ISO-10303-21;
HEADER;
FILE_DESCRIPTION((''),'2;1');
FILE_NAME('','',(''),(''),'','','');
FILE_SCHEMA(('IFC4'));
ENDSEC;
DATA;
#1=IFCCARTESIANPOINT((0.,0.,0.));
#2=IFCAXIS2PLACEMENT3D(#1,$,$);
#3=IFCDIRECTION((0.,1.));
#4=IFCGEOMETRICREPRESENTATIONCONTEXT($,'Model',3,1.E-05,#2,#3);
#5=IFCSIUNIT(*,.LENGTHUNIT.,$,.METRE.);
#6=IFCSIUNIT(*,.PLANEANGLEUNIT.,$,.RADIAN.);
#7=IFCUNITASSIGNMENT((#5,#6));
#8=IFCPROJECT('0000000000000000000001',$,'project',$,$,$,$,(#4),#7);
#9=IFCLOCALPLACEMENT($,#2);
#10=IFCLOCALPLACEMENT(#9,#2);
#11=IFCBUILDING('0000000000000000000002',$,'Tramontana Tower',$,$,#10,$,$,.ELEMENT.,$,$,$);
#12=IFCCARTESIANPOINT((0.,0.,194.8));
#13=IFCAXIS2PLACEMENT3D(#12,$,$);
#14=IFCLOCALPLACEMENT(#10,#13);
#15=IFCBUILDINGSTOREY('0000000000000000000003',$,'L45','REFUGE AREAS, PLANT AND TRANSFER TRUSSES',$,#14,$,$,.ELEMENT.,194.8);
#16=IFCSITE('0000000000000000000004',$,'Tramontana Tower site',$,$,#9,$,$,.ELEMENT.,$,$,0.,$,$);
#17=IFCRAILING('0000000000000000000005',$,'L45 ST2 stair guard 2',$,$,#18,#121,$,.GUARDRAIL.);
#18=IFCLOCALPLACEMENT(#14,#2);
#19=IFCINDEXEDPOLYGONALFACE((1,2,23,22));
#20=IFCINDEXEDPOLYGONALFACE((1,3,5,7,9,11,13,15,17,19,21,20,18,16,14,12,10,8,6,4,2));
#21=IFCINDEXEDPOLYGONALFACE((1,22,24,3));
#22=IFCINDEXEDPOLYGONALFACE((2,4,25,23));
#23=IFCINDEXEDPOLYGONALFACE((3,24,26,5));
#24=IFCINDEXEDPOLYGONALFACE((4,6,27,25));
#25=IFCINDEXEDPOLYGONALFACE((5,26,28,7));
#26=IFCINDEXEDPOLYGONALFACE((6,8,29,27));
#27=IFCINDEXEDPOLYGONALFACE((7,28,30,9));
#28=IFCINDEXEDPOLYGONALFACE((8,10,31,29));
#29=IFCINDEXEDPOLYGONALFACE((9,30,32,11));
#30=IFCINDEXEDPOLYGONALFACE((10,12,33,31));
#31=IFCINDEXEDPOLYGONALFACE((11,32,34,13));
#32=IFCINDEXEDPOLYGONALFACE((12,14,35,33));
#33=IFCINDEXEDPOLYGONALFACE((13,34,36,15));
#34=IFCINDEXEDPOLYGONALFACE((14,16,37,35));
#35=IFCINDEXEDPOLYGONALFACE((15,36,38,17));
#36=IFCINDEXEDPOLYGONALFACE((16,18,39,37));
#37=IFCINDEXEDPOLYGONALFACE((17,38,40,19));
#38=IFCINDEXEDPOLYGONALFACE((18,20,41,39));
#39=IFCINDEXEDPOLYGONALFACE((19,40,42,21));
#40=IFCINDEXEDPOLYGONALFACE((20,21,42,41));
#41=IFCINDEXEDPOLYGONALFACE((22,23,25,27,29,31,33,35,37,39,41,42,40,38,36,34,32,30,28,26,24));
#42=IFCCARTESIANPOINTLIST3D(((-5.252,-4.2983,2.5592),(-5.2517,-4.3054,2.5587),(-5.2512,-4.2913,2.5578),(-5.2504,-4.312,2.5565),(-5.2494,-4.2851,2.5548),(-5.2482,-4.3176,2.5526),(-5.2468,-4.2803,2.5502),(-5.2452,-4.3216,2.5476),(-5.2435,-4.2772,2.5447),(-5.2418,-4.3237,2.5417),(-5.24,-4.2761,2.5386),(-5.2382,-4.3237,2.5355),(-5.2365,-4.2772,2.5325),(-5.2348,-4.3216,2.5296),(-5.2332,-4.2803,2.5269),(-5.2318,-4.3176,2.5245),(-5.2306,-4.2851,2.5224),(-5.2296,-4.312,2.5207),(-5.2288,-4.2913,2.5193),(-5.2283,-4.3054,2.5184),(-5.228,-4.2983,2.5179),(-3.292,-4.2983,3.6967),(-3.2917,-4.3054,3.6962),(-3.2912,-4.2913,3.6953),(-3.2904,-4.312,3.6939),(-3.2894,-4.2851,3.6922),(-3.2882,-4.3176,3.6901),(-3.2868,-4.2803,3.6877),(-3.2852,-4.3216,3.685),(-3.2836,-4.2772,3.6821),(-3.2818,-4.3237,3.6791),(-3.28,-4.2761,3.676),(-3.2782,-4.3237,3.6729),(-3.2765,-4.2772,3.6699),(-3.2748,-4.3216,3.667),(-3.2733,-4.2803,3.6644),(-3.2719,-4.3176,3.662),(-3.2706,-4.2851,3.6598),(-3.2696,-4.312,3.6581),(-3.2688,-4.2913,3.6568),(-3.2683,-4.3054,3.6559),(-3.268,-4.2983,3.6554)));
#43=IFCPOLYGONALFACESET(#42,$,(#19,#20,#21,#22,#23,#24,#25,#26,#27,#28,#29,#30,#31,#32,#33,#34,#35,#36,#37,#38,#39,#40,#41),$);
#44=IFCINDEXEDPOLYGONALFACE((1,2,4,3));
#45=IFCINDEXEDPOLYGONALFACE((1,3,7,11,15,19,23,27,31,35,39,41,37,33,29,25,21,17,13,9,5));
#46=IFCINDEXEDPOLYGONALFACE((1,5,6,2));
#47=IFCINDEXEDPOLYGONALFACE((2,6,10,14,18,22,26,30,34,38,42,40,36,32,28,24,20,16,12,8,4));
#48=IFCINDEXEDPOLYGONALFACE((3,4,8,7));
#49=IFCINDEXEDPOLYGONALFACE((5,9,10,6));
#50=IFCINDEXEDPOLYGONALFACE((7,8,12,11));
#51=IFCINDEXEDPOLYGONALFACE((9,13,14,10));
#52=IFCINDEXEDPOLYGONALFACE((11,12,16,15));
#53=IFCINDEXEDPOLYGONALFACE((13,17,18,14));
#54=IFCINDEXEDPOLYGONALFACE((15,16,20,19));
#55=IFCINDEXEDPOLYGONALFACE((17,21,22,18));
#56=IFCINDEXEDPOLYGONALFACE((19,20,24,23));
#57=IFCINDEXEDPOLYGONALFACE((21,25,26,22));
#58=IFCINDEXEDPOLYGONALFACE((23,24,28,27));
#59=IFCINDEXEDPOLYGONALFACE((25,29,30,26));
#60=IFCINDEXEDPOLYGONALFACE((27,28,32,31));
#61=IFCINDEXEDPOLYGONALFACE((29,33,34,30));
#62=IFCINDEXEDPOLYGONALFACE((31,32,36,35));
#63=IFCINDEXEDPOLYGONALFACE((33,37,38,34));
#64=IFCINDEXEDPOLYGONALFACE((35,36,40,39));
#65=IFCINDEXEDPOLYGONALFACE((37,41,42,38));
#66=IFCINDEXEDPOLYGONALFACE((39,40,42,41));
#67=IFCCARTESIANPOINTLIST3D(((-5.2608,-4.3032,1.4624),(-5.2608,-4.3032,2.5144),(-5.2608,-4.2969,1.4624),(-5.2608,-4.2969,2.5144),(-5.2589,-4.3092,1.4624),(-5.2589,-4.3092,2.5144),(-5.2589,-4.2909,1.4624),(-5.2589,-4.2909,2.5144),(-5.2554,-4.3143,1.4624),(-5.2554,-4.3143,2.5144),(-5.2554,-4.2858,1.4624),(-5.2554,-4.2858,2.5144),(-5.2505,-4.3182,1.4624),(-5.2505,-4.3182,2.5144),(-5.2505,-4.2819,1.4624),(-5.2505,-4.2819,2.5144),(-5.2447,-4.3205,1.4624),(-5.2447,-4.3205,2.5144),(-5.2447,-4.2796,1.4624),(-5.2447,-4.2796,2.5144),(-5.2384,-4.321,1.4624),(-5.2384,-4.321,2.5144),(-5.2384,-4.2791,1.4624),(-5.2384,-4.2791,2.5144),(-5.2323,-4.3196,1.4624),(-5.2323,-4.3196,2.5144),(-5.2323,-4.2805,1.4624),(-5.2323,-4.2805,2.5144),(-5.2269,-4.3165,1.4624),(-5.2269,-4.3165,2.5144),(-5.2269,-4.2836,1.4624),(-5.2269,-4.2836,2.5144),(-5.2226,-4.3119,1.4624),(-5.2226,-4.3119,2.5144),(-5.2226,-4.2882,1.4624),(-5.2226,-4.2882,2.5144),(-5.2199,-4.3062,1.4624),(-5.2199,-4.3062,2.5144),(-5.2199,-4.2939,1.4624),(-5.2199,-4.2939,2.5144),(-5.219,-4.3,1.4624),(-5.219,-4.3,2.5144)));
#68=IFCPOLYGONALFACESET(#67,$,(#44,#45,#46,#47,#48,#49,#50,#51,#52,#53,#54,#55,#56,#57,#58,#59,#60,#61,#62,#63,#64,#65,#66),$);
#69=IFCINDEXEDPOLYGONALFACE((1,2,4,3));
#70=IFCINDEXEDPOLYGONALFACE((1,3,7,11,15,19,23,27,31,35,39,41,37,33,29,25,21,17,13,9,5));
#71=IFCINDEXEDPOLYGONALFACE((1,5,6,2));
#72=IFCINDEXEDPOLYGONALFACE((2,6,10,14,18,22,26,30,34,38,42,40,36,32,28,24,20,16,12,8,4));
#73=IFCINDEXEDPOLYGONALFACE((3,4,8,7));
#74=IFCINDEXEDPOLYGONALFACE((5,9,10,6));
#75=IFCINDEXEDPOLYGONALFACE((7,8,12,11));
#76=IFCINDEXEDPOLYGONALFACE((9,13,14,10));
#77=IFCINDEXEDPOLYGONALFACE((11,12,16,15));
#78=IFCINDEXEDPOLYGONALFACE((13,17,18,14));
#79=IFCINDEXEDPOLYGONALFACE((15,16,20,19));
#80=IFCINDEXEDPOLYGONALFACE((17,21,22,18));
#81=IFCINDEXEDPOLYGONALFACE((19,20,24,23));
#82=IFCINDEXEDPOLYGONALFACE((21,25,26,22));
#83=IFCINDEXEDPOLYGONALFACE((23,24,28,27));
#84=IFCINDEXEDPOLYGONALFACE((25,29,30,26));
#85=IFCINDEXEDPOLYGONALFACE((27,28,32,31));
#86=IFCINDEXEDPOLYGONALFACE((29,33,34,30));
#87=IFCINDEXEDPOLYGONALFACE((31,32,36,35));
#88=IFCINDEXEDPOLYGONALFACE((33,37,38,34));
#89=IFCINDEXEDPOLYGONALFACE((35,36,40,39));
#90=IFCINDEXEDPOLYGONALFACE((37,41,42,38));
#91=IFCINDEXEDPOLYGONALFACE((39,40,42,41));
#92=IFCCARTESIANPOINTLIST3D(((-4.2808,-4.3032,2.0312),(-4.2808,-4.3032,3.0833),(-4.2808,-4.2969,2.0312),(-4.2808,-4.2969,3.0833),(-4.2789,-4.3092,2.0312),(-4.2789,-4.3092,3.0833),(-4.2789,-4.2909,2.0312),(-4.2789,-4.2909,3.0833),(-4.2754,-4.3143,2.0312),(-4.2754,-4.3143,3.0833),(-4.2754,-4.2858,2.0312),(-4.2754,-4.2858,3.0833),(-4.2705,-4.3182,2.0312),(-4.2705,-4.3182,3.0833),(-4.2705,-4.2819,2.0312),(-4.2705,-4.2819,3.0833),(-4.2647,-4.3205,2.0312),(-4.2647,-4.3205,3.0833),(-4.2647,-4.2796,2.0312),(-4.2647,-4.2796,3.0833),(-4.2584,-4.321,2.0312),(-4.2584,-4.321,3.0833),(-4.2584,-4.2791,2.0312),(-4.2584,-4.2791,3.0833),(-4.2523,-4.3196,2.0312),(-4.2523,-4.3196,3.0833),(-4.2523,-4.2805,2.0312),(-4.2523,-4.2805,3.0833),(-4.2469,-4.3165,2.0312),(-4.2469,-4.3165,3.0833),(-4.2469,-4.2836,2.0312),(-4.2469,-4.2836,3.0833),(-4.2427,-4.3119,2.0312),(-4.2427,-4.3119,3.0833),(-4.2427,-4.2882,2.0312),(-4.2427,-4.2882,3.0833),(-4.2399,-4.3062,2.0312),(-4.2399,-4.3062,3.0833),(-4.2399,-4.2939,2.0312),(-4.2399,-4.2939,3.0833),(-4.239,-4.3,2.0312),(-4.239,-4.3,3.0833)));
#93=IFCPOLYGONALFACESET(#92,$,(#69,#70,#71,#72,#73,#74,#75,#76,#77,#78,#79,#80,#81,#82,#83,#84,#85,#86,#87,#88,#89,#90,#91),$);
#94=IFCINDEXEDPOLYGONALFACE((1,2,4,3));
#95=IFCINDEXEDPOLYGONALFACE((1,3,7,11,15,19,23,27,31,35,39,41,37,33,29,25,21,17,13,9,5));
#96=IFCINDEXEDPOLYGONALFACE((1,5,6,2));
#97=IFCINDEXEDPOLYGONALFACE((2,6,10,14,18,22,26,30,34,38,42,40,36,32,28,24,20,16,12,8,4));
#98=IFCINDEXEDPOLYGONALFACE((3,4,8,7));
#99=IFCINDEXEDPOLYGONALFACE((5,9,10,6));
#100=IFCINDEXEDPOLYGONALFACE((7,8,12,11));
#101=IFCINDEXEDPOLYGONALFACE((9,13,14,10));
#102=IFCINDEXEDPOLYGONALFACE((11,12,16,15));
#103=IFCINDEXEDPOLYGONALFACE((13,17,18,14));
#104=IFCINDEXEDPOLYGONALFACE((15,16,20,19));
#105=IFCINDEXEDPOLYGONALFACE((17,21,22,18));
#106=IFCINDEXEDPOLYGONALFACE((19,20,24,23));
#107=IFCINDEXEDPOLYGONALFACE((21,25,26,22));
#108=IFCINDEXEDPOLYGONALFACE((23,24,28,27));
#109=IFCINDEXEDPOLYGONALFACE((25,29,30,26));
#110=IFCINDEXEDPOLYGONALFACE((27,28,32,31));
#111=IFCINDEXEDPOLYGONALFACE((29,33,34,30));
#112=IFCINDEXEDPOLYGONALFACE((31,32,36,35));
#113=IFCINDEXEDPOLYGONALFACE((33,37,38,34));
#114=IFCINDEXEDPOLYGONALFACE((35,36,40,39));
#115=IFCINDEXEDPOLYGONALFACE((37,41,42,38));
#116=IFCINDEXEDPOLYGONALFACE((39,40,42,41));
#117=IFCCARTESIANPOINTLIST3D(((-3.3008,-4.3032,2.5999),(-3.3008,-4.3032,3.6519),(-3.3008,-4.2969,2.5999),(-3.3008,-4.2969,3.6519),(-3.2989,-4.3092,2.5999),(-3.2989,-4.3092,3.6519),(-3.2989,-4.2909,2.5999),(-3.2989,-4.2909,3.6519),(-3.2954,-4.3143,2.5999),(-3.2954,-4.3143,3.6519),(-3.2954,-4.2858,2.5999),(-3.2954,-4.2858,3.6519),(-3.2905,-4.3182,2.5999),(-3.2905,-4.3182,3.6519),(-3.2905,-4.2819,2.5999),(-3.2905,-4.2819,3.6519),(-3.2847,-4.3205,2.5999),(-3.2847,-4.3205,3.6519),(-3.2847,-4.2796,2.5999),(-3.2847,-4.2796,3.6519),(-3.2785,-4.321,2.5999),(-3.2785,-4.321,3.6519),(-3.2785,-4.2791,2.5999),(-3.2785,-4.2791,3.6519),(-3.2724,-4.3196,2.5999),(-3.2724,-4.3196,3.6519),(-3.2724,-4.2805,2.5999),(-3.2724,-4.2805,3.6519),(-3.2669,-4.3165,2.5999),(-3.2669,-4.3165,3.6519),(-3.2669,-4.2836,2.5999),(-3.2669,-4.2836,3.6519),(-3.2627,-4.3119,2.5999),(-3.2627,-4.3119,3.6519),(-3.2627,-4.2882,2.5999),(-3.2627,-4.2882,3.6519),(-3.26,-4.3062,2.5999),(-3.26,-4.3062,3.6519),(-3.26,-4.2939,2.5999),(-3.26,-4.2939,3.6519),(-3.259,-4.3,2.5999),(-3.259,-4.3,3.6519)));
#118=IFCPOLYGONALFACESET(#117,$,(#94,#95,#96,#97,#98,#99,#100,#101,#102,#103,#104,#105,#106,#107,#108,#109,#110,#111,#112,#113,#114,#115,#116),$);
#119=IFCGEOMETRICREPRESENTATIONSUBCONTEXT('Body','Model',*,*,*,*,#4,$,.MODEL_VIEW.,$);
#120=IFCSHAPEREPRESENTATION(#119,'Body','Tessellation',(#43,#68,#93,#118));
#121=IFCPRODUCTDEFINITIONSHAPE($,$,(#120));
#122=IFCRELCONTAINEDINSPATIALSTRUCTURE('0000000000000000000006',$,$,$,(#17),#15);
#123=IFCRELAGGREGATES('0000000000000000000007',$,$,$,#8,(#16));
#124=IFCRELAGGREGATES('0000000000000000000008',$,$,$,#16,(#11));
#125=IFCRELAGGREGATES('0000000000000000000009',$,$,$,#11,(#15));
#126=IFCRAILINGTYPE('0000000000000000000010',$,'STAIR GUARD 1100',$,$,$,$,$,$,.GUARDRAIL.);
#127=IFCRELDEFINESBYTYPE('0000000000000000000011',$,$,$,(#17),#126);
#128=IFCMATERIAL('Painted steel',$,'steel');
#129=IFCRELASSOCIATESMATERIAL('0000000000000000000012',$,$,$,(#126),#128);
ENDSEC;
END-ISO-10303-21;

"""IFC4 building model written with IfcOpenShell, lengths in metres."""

from ifc_helpers import new_model, si_unit, direction, frame, origin, origin_2d, place, context, subcontext, project, spatial, circle, extrude, material, type_object, element, save


model = new_model("IFC4")

# Units and contexts
model_context = context("Model", 3, precision=1e-05, world=origin(), true_north=direction((0.0, 1.0)))
body_context = subcontext(model_context, "Body", "Model", "MODEL_VIEW")
ifc_project = project(units=[si_unit("LENGTHUNIT", "METRE"), si_unit("PLANEANGLEUNIT", "RADIAN")], contexts=[model_context])

# Site, building, storey
site_placement = place(None, origin())
site = spatial("IfcSite", under=ifc_project, at=site_placement, Name="Tramontana Tower site", CompositionType="ELEMENT", RefElevation=0.0)
building_placement = place(site_placement, origin())
building = spatial("IfcBuilding", under=site, at=building_placement, Name="Tramontana Tower", CompositionType="ELEMENT")
storey_placement = place(building_placement, frame((0.0, 0.0, 194.8)))
storey = spatial("IfcBuildingStorey", under=building, at=storey_placement, Name="L45", Description="REFUGE AREAS, PLANT AND TRANSFER TRUSSES", CompositionType="ELEMENT", Elevation=194.8)

# Railing
ifc_material_1 = material(Name="Painted steel", Category="steel")
railing_type_1 = type_object("IfcRailingType", Name="STAIR GUARD 1100", PredefinedType="GUARDRAIL", material=ifc_material_1)
railing_1_placement = place(storey_placement, frame((-5.24, -4.3, 1.4624)))
element("IfcRailing", 1, at=railing_1_placement, inside=storey, type_object=railing_type_1, Name="L45 ST2 stair guard 2", PredefinedType="GUARDRAIL", context=body_context, shape_type="SweptSolid", body=[
    extrude(circle(Radius=0.0239, at=origin_2d()), frame((0.0, 0.0, 1.0762), z_axis=(0.864902, 0.0, 0.501941), x_axis=(0.0, 1.0, 0.0)), (0.0, 0.0, 1.0), 2.2661),
    extrude(circle(Radius=0.021, at=origin_2d()), origin(), (0.0, 0.0, 1.0), 1.052),
    extrude(circle(Radius=0.021, at=origin_2d()), frame((0.98, 0.0, 0.5688)), (0.0, 0.0, 1.0), 1.052),
    extrude(circle(Radius=0.021, at=origin_2d()), frame((1.96, 0.0, 1.1375)), (0.0, 0.0, 1.0), 1.052),
])

save(model, "model.ifc")
